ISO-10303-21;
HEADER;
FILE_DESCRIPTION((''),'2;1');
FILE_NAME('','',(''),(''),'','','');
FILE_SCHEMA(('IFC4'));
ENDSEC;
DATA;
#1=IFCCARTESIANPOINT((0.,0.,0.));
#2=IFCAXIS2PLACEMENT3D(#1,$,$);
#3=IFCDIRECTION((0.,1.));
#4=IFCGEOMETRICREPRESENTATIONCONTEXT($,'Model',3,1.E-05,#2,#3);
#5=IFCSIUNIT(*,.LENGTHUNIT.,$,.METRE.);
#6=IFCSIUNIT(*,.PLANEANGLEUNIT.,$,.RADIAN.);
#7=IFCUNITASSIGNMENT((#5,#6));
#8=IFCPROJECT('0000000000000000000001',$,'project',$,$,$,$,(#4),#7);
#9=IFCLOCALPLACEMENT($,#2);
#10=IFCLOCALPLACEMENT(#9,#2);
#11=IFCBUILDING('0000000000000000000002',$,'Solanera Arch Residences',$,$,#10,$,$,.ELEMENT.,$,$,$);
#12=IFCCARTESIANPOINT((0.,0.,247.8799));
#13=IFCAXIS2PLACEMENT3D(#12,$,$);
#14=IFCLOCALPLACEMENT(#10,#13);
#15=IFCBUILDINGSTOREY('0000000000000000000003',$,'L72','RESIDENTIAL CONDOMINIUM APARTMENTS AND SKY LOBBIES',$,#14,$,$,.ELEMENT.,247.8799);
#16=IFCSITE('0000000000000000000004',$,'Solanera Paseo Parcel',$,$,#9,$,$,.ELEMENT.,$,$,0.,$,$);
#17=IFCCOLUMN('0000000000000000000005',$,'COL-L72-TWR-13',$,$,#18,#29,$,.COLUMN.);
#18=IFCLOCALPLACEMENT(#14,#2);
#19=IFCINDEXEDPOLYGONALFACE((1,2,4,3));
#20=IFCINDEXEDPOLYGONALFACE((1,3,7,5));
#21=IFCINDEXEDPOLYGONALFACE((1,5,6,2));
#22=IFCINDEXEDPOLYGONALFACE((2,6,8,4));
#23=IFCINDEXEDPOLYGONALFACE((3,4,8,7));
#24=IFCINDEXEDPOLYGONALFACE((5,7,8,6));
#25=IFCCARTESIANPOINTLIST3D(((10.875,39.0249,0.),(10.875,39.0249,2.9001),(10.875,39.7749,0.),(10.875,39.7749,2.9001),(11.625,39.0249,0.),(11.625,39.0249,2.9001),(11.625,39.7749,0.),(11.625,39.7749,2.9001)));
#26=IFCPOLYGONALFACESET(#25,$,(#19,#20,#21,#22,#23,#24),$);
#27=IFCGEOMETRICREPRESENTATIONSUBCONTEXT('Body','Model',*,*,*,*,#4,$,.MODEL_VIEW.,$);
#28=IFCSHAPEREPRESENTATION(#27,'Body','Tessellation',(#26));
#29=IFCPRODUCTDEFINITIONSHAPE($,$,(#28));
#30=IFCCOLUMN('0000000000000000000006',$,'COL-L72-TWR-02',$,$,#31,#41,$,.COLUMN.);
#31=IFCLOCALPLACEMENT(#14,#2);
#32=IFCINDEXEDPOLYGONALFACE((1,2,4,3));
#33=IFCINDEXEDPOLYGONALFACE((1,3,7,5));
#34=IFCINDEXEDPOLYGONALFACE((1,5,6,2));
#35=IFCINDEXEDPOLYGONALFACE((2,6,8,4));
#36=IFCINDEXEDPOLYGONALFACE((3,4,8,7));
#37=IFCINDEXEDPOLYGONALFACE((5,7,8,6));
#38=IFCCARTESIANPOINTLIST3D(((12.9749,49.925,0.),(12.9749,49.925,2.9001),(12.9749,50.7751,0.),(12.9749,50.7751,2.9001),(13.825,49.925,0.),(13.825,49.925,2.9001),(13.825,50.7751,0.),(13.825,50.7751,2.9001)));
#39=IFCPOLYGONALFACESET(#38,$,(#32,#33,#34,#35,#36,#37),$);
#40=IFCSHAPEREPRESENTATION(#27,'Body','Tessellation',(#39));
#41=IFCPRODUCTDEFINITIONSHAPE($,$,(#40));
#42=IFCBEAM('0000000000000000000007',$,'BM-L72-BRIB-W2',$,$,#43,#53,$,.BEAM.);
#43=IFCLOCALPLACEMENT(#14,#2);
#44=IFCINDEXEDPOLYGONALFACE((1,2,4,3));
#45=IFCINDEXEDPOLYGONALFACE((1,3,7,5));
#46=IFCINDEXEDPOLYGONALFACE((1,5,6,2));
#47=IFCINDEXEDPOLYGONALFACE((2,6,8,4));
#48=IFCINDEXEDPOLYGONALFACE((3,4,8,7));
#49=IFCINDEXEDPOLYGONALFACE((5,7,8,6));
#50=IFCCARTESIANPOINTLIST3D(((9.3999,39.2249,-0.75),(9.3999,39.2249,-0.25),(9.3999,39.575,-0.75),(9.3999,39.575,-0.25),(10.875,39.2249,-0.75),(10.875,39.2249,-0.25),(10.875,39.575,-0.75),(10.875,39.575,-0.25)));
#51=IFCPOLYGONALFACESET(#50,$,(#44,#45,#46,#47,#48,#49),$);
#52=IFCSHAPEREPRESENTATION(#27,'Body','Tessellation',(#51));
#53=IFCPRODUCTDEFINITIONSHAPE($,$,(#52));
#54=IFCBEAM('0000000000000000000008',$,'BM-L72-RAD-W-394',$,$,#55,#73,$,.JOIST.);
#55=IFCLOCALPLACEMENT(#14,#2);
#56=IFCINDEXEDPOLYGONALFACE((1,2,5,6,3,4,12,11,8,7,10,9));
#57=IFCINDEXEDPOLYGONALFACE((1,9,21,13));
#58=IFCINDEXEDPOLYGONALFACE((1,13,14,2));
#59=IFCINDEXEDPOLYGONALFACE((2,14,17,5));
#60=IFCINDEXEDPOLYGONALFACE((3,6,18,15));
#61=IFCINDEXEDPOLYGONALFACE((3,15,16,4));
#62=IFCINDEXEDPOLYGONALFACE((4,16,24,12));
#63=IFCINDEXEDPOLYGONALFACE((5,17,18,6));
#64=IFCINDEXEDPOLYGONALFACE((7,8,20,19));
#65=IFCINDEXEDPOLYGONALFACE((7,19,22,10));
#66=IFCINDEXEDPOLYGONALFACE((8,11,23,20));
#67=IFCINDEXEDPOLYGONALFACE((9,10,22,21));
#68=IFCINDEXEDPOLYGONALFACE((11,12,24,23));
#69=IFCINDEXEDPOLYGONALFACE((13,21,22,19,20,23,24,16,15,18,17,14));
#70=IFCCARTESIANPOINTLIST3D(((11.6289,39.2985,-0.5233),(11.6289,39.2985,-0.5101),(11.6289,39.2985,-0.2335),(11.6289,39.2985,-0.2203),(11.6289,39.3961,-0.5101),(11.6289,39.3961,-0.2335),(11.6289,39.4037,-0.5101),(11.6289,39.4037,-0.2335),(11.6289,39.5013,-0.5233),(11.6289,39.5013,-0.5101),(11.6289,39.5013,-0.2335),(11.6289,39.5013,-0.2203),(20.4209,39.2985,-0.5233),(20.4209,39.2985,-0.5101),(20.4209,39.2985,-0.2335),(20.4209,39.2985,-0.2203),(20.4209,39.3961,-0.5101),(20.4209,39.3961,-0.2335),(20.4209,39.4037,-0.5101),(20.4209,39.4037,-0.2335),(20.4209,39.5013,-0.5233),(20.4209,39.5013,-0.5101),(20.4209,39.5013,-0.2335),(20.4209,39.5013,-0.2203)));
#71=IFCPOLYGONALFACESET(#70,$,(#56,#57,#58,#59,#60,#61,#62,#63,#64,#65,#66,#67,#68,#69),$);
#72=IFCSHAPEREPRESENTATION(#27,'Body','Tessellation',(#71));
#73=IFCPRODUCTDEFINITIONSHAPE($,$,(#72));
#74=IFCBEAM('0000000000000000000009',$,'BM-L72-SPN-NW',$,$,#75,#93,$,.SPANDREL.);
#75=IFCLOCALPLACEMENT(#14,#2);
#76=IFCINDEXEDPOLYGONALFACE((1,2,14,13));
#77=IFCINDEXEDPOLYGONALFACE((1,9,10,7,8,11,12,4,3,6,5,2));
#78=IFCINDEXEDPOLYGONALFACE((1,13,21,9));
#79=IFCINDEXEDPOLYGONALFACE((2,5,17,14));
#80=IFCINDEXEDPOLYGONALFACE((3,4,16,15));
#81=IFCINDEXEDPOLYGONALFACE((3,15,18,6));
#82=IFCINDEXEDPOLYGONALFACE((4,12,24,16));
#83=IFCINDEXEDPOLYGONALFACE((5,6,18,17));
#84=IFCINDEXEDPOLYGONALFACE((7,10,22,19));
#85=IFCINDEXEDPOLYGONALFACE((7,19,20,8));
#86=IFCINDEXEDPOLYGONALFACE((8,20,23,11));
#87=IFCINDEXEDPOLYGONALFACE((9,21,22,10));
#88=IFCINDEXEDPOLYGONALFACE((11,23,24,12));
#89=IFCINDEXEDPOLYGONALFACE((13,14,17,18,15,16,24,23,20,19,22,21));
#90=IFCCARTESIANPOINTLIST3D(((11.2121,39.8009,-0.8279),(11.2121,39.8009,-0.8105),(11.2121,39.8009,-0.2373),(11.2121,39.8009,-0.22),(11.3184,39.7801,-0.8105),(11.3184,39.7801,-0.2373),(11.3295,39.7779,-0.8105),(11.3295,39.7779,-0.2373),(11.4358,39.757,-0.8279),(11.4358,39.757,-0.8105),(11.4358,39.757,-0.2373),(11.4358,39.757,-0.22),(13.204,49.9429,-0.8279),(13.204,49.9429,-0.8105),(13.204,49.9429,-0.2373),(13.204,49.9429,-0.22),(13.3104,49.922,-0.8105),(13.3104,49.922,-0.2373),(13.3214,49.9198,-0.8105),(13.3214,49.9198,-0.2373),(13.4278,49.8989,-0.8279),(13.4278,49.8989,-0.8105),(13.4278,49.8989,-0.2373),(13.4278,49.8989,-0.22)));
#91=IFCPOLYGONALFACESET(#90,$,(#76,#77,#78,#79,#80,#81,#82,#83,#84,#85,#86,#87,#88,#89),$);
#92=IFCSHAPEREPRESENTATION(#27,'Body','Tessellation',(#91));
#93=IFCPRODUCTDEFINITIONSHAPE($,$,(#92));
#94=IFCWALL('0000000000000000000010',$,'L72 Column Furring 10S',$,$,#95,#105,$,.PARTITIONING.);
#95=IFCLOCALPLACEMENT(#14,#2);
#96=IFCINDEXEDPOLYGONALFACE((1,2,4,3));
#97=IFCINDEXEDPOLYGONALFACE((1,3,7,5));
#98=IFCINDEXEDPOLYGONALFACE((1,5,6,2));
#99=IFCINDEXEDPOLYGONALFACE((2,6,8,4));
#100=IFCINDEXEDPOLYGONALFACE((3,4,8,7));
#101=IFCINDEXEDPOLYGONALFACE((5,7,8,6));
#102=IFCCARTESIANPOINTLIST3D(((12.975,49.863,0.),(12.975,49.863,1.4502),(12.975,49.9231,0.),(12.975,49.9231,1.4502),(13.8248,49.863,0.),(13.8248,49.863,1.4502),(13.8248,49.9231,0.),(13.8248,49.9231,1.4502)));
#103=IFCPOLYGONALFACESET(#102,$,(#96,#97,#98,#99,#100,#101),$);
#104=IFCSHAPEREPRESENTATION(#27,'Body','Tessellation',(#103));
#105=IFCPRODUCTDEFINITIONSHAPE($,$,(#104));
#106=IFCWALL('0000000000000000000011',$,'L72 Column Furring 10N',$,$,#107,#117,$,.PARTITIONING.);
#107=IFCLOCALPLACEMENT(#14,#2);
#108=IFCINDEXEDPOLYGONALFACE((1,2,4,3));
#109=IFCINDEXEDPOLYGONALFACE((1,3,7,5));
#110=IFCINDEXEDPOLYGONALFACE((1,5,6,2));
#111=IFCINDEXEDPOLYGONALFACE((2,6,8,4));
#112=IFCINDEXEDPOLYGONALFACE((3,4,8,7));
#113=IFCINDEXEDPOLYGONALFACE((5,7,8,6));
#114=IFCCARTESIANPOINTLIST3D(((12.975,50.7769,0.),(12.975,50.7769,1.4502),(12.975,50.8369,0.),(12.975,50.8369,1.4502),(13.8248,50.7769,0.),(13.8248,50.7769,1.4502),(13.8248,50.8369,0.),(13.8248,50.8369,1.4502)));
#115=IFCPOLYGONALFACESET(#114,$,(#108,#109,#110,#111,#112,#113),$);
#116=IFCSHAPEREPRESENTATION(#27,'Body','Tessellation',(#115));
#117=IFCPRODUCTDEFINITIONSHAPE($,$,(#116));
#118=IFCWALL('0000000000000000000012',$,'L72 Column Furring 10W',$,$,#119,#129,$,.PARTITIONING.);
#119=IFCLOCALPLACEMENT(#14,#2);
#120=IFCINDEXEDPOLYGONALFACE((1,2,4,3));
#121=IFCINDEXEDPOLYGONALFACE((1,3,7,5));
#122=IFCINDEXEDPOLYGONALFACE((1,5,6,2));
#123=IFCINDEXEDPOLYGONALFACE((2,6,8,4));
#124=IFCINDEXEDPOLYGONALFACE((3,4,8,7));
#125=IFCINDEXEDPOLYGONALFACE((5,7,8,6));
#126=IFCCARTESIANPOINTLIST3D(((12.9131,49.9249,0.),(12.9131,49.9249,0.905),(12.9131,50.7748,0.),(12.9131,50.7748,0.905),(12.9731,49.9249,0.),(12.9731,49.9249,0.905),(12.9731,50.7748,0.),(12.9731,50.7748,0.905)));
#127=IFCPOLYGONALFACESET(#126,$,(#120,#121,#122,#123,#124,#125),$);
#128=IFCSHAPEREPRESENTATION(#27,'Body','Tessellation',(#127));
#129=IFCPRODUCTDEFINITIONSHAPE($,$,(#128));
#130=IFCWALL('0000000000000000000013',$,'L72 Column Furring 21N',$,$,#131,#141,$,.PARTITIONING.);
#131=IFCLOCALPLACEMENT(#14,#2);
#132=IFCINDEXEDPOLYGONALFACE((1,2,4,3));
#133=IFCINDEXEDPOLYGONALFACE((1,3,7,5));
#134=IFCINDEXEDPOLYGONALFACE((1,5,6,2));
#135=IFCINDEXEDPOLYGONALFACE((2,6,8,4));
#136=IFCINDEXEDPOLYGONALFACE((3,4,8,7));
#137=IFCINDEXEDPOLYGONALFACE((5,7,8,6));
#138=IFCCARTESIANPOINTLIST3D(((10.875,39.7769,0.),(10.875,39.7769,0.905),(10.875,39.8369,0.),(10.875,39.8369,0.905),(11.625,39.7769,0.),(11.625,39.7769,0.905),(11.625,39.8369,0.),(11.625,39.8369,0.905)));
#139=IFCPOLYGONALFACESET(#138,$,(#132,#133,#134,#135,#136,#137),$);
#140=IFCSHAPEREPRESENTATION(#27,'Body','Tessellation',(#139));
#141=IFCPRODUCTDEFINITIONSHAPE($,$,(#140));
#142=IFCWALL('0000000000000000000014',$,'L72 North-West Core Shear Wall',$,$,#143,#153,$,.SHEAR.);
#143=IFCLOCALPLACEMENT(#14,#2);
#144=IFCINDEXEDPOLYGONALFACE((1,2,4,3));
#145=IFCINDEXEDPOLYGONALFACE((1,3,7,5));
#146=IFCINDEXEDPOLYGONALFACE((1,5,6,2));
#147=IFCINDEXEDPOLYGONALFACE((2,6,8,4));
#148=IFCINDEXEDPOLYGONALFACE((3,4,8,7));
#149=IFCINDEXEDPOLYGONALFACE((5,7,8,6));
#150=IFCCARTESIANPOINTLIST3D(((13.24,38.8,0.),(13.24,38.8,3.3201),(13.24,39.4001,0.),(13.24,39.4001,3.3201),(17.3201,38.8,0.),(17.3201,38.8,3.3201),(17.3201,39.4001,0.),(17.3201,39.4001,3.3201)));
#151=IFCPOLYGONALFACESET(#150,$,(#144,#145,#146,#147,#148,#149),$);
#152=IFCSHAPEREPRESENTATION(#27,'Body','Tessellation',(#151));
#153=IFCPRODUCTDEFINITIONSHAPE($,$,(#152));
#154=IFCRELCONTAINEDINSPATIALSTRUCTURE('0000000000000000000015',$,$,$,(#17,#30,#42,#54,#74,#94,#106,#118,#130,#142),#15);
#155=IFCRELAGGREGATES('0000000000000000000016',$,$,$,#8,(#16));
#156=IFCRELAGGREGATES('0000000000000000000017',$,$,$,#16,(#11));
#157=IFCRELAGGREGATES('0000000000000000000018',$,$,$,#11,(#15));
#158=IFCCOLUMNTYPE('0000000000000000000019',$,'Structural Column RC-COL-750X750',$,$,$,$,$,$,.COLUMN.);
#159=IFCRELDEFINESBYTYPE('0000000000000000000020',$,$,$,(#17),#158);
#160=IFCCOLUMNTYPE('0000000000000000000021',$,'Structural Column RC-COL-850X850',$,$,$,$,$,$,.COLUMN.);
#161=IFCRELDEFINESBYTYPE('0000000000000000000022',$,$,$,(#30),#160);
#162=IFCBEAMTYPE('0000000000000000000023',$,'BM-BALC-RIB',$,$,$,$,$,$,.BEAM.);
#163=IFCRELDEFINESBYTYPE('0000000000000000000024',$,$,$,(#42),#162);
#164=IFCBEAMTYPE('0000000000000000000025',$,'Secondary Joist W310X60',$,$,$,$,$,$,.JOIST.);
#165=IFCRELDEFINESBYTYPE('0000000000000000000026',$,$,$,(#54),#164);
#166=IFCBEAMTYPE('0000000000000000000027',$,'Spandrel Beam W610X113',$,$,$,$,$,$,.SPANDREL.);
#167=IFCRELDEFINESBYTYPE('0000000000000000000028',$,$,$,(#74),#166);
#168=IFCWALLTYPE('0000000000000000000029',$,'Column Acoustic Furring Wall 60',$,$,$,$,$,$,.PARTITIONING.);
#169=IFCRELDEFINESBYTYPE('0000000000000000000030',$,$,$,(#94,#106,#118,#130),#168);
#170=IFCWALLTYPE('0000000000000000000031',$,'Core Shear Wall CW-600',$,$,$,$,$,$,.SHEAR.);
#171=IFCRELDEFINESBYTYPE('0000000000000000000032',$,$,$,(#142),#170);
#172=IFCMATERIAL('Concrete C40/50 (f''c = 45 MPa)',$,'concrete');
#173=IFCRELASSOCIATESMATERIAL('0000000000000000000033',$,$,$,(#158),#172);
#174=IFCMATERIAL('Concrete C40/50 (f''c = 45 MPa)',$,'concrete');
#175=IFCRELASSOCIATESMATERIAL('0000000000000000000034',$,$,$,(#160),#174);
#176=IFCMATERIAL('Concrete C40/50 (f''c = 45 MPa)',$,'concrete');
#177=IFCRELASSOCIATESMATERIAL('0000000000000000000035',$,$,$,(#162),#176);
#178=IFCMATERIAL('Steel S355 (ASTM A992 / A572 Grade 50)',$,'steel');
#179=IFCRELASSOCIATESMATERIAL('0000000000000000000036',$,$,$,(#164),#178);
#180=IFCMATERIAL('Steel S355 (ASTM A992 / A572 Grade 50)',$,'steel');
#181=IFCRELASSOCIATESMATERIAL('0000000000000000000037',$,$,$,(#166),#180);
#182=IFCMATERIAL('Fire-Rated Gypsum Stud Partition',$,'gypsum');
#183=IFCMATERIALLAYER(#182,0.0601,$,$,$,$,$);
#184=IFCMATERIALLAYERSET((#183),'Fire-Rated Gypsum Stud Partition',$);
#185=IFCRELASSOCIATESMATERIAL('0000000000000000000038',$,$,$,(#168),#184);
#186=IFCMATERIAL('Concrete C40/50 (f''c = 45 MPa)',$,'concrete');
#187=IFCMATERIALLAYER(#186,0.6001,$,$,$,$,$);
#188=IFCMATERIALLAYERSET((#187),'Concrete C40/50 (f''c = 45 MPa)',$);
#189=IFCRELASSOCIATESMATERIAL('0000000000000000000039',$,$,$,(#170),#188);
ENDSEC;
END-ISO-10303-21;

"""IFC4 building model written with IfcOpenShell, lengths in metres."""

from ifc_helpers import new_model, si_unit, direction, frame, frame_2d, origin, origin_2d, place, context, subcontext, project, spatial, rectangle, i_section, extrude, material, layer, layer_set, material_profile, profile_set, type_object, element, save


model = new_model("IFC4")

# Units and contexts
model_context = context("Model", 3, precision=1e-05, world=origin(), true_north=direction((0.0, 1.0)))
body_context = subcontext(model_context, "Body", "Model", "MODEL_VIEW")
ifc_project = project(units=[si_unit("LENGTHUNIT", "METRE"), si_unit("PLANEANGLEUNIT", "RADIAN")], contexts=[model_context])

# Site, building, storey
site_placement = place(None, origin())
site = spatial("IfcSite", under=ifc_project, at=site_placement, Name="Solanera Paseo Parcel", CompositionType="ELEMENT", RefElevation=0.0)
building_placement = place(site_placement, origin())
building = spatial("IfcBuilding", under=site, at=building_placement, Name="Solanera Arch Residences", CompositionType="ELEMENT")
storey_placement = place(building_placement, frame((0.0, 0.0, 247.8799)))
storey = spatial("IfcBuildingStorey", under=building, at=storey_placement, Name="L72", Description="RESIDENTIAL CONDOMINIUM APARTMENTS AND SKY LOBBIES", CompositionType="ELEMENT", Elevation=247.8799)

# Columns
ifc_material_1 = material(Name="Concrete C40/50 (f'c = 45 MPa)", Category="concrete")
ifc_material_profile_1 = material_profile(ifc_material_1, rectangle(XDim=0.75, YDim=0.75, at=origin_2d()))
ifc_profile_set_1 = profile_set([ifc_material_profile_1], Name="Concrete C40/50 (f'c = 45 MPa)")
column_type_1 = type_object("IfcColumnType", Name="Structural Column RC-COL-750X750", PredefinedType="COLUMN", material=ifc_profile_set_1)
column_1_placement = place(storey_placement, frame((11.25, 39.3999, 0.0), z_axis=(0.0, 0.0, 1.0), x_axis=(1.0, 0.0, 0.0)))
element("IfcColumn", 1, at=column_1_placement, inside=storey, type_object=column_type_1, Name="COL-L72-TWR-13", PredefinedType="COLUMN", context=body_context, shape_type="SweptSolid", body=[
    extrude(rectangle(XDim=0.75, YDim=0.75, at=origin_2d()), origin(), (0.0, 0.0, 1.0), 2.9001),
])
ifc_material_2 = material(Name="Concrete C40/50 (f'c = 45 MPa)", Category="concrete")
ifc_material_profile_2 = material_profile(ifc_material_2, rectangle(XDim=0.8501, YDim=0.8501, at=origin_2d()))
ifc_profile_set_2 = profile_set([ifc_material_profile_2], Name="Concrete C40/50 (f'c = 45 MPa)")
column_type_2 = type_object("IfcColumnType", Name="Structural Column RC-COL-850X850", PredefinedType="COLUMN", material=ifc_profile_set_2)
column_2_placement = place(storey_placement, frame((13.3999, 50.3501, 0.0), z_axis=(0.0, 0.0, 1.0), x_axis=(1.0, 0.0, 0.0)))
element("IfcColumn", 2, at=column_2_placement, inside=storey, type_object=column_type_2, Name="COL-L72-TWR-02", PredefinedType="COLUMN", context=body_context, shape_type="SweptSolid", body=[
    extrude(rectangle(XDim=0.8501, YDim=0.8501, at=origin_2d()), origin(), (0.0, 0.0, 1.0), 2.9001),
])

# Beams
ifc_material_3 = material(Name="Concrete C40/50 (f'c = 45 MPa)", Category="concrete")
ifc_material_profile_3 = material_profile(ifc_material_3, rectangle(XDim=0.3501, YDim=0.5, at=origin_2d()))
ifc_profile_set_3 = profile_set([ifc_material_profile_3], Name="Concrete C40/50 (f'c = 45 MPa)")
beam_type_1 = type_object("IfcBeamType", Name="BM-BALC-RIB", PredefinedType="BEAM", material=ifc_profile_set_3)
beam_1_placement = place(storey_placement, frame((9.3999, 39.3999, -0.5), z_axis=(1.0, 0.0, 0.0), x_axis=(0.0, 1.0, 0.0)))
element("IfcBeam", 3, at=beam_1_placement, inside=storey, type_object=beam_type_1, Name="BM-L72-BRIB-W2", PredefinedType="BEAM", context=body_context, shape_type="SweptSolid", body=[
    extrude(rectangle(XDim=0.3501, YDim=0.5, at=origin_2d()), origin(), (0.0, 0.0, 1.0), 1.4751),
])
ifc_material_4 = material(Name="Steel S355 (ASTM A992 / A572 Grade 50)", Category="steel")
ifc_material_profile_4 = material_profile(ifc_material_4, i_section(OverallWidth=0.2029, OverallDepth=0.303, WebThickness=0.0076, FlangeThickness=0.0132, at=origin_2d()))
ifc_profile_set_4 = profile_set([ifc_material_profile_4], Name="Steel S355 (ASTM A992 / A572 Grade 50)")
beam_type_2 = type_object("IfcBeamType", Name="Secondary Joist W310X60", PredefinedType="JOIST", material=ifc_profile_set_4)
beam_2_placement = place(storey_placement, frame((11.6289, 39.3999, -0.3718), z_axis=(1.0, 0.0, 0.0), x_axis=(0.0, 1.0, 0.0)))
element("IfcBeam", 4, at=beam_2_placement, inside=storey, type_object=beam_type_2, Name="BM-L72-RAD-W-394", PredefinedType="JOIST", context=body_context, shape_type="SweptSolid", body=[
    extrude(i_section(OverallWidth=0.2029, OverallDepth=0.303, WebThickness=0.0076, FlangeThickness=0.0132, at=origin_2d()), origin(), (0.0, 0.0, 1.0), 8.792),
])
ifc_material_5 = material(Name="Steel S355 (ASTM A992 / A572 Grade 50)", Category="steel")
ifc_material_profile_5 = material_profile(ifc_material_5, i_section(OverallWidth=0.228, OverallDepth=0.6079, WebThickness=0.0112, FlangeThickness=0.0173, at=origin_2d()))
ifc_profile_set_5 = profile_set([ifc_material_profile_5], Name="Steel S355 (ASTM A992 / A572 Grade 50)")
beam_type_3 = type_object("IfcBeamType", Name="Spandrel Beam W610X113", PredefinedType="SPANDREL", material=ifc_profile_set_5)
beam_3_placement = place(storey_placement, frame((13.3159, 49.9209, -0.5239), z_axis=(-0.192726, -0.981253, 0.0), x_axis=(0.981253, -0.192726, 0.0)))
element("IfcBeam", 5, at=beam_3_placement, inside=storey, type_object=beam_type_3, Name="BM-L72-SPN-NW", PredefinedType="SPANDREL", context=body_context, shape_type="SweptSolid", body=[
    extrude(i_section(OverallWidth=0.228, OverallDepth=0.6079, WebThickness=0.0112, FlangeThickness=0.0173, at=origin_2d()), origin(), (0.0, 0.0, 1.0), 10.3357),
])

# Walls
ifc_material_6 = material(Name="Fire-Rated Gypsum Stud Partition", Category="gypsum")
ifc_layer_1 = layer(ifc_material_6, 0.0601)
ifc_layer_set_1 = layer_set([ifc_layer_1], Name="Fire-Rated Gypsum Stud Partition")
wall_type_1 = type_object("IfcWallType", Name="Column Acoustic Furring Wall 60", PredefinedType="PARTITIONING", material=ifc_layer_set_1)
for number, where, z_axis, x_axis, name in (
    (6, (12.9751, 49.8931, 0.0), (0.0, 0.0, 1.0), (1.0, 0.0, 0.0), "L72 Column Furring 10S"),
    (7, (12.9751, 50.8069, 0.0), (0.0, 0.0, 1.0), (1.0, 0.0, 0.0), "L72 Column Furring 10N"),
):
    element("IfcWall", number, at=place(storey_placement, frame(where, z_axis=z_axis, x_axis=x_axis)), inside=storey, type_object=wall_type_1, Name=name, PredefinedType="PARTITIONING", context=body_context, shape_type="SweptSolid", body=[
        extrude(rectangle(XDim=0.8499, YDim=0.0601, at=frame_2d((0.4248, 0.0))), origin(), (0.0, 0.0, 1.0), 1.4502),
    ])
wall_1_placement = place(storey_placement, frame((12.9431, 49.925, 0.0), z_axis=(0.0, 0.0, 1.0), x_axis=(0.0, 1.0, 0.0)))
element("IfcWall", 8, at=wall_1_placement, inside=storey, type_object=wall_type_1, Name="L72 Column Furring 10W", PredefinedType="PARTITIONING", context=body_context, shape_type="SweptSolid", body=[
    extrude(rectangle(XDim=0.8499, YDim=0.0601, at=frame_2d((0.4248, 0.0))), origin(), (0.0, 0.0, 1.0), 0.905),
])
wall_2_placement = place(storey_placement, frame((10.875, 39.8069, 0.0), z_axis=(0.0, 0.0, 1.0), x_axis=(1.0, 0.0, 0.0)))
element("IfcWall", 9, at=wall_2_placement, inside=storey, type_object=wall_type_1, Name="L72 Column Furring 21N", PredefinedType="PARTITIONING", context=body_context, shape_type="SweptSolid", body=[
    extrude(rectangle(XDim=0.75, YDim=0.0601, at=frame_2d((0.375, 0.0))), origin(), (0.0, 0.0, 1.0), 0.905),
])
ifc_material_7 = material(Name="Concrete C40/50 (f'c = 45 MPa)", Category="concrete")
ifc_layer_2 = layer(ifc_material_7, 0.6001)
ifc_layer_set_2 = layer_set([ifc_layer_2], Name="Concrete C40/50 (f'c = 45 MPa)")
wall_type_2 = type_object("IfcWallType", Name="Core Shear Wall CW-600", PredefinedType="SHEAR", material=ifc_layer_set_2)
wall_3_placement = place(storey_placement, frame((13.24, 39.1001, 0.0), z_axis=(0.0, 0.0, 1.0), x_axis=(1.0, 0.0, 0.0)))
element("IfcWall", 10, at=wall_3_placement, inside=storey, type_object=wall_type_2, Name="L72 North-West Core Shear Wall", PredefinedType="SHEAR", context=body_context, shape_type="SweptSolid", body=[
    extrude(rectangle(XDim=4.0801, YDim=0.6001, at=frame_2d((2.04, 0.0))), origin(), (0.0, 0.0, 1.0), 3.3201),
])

save(model, "model.ifc")
